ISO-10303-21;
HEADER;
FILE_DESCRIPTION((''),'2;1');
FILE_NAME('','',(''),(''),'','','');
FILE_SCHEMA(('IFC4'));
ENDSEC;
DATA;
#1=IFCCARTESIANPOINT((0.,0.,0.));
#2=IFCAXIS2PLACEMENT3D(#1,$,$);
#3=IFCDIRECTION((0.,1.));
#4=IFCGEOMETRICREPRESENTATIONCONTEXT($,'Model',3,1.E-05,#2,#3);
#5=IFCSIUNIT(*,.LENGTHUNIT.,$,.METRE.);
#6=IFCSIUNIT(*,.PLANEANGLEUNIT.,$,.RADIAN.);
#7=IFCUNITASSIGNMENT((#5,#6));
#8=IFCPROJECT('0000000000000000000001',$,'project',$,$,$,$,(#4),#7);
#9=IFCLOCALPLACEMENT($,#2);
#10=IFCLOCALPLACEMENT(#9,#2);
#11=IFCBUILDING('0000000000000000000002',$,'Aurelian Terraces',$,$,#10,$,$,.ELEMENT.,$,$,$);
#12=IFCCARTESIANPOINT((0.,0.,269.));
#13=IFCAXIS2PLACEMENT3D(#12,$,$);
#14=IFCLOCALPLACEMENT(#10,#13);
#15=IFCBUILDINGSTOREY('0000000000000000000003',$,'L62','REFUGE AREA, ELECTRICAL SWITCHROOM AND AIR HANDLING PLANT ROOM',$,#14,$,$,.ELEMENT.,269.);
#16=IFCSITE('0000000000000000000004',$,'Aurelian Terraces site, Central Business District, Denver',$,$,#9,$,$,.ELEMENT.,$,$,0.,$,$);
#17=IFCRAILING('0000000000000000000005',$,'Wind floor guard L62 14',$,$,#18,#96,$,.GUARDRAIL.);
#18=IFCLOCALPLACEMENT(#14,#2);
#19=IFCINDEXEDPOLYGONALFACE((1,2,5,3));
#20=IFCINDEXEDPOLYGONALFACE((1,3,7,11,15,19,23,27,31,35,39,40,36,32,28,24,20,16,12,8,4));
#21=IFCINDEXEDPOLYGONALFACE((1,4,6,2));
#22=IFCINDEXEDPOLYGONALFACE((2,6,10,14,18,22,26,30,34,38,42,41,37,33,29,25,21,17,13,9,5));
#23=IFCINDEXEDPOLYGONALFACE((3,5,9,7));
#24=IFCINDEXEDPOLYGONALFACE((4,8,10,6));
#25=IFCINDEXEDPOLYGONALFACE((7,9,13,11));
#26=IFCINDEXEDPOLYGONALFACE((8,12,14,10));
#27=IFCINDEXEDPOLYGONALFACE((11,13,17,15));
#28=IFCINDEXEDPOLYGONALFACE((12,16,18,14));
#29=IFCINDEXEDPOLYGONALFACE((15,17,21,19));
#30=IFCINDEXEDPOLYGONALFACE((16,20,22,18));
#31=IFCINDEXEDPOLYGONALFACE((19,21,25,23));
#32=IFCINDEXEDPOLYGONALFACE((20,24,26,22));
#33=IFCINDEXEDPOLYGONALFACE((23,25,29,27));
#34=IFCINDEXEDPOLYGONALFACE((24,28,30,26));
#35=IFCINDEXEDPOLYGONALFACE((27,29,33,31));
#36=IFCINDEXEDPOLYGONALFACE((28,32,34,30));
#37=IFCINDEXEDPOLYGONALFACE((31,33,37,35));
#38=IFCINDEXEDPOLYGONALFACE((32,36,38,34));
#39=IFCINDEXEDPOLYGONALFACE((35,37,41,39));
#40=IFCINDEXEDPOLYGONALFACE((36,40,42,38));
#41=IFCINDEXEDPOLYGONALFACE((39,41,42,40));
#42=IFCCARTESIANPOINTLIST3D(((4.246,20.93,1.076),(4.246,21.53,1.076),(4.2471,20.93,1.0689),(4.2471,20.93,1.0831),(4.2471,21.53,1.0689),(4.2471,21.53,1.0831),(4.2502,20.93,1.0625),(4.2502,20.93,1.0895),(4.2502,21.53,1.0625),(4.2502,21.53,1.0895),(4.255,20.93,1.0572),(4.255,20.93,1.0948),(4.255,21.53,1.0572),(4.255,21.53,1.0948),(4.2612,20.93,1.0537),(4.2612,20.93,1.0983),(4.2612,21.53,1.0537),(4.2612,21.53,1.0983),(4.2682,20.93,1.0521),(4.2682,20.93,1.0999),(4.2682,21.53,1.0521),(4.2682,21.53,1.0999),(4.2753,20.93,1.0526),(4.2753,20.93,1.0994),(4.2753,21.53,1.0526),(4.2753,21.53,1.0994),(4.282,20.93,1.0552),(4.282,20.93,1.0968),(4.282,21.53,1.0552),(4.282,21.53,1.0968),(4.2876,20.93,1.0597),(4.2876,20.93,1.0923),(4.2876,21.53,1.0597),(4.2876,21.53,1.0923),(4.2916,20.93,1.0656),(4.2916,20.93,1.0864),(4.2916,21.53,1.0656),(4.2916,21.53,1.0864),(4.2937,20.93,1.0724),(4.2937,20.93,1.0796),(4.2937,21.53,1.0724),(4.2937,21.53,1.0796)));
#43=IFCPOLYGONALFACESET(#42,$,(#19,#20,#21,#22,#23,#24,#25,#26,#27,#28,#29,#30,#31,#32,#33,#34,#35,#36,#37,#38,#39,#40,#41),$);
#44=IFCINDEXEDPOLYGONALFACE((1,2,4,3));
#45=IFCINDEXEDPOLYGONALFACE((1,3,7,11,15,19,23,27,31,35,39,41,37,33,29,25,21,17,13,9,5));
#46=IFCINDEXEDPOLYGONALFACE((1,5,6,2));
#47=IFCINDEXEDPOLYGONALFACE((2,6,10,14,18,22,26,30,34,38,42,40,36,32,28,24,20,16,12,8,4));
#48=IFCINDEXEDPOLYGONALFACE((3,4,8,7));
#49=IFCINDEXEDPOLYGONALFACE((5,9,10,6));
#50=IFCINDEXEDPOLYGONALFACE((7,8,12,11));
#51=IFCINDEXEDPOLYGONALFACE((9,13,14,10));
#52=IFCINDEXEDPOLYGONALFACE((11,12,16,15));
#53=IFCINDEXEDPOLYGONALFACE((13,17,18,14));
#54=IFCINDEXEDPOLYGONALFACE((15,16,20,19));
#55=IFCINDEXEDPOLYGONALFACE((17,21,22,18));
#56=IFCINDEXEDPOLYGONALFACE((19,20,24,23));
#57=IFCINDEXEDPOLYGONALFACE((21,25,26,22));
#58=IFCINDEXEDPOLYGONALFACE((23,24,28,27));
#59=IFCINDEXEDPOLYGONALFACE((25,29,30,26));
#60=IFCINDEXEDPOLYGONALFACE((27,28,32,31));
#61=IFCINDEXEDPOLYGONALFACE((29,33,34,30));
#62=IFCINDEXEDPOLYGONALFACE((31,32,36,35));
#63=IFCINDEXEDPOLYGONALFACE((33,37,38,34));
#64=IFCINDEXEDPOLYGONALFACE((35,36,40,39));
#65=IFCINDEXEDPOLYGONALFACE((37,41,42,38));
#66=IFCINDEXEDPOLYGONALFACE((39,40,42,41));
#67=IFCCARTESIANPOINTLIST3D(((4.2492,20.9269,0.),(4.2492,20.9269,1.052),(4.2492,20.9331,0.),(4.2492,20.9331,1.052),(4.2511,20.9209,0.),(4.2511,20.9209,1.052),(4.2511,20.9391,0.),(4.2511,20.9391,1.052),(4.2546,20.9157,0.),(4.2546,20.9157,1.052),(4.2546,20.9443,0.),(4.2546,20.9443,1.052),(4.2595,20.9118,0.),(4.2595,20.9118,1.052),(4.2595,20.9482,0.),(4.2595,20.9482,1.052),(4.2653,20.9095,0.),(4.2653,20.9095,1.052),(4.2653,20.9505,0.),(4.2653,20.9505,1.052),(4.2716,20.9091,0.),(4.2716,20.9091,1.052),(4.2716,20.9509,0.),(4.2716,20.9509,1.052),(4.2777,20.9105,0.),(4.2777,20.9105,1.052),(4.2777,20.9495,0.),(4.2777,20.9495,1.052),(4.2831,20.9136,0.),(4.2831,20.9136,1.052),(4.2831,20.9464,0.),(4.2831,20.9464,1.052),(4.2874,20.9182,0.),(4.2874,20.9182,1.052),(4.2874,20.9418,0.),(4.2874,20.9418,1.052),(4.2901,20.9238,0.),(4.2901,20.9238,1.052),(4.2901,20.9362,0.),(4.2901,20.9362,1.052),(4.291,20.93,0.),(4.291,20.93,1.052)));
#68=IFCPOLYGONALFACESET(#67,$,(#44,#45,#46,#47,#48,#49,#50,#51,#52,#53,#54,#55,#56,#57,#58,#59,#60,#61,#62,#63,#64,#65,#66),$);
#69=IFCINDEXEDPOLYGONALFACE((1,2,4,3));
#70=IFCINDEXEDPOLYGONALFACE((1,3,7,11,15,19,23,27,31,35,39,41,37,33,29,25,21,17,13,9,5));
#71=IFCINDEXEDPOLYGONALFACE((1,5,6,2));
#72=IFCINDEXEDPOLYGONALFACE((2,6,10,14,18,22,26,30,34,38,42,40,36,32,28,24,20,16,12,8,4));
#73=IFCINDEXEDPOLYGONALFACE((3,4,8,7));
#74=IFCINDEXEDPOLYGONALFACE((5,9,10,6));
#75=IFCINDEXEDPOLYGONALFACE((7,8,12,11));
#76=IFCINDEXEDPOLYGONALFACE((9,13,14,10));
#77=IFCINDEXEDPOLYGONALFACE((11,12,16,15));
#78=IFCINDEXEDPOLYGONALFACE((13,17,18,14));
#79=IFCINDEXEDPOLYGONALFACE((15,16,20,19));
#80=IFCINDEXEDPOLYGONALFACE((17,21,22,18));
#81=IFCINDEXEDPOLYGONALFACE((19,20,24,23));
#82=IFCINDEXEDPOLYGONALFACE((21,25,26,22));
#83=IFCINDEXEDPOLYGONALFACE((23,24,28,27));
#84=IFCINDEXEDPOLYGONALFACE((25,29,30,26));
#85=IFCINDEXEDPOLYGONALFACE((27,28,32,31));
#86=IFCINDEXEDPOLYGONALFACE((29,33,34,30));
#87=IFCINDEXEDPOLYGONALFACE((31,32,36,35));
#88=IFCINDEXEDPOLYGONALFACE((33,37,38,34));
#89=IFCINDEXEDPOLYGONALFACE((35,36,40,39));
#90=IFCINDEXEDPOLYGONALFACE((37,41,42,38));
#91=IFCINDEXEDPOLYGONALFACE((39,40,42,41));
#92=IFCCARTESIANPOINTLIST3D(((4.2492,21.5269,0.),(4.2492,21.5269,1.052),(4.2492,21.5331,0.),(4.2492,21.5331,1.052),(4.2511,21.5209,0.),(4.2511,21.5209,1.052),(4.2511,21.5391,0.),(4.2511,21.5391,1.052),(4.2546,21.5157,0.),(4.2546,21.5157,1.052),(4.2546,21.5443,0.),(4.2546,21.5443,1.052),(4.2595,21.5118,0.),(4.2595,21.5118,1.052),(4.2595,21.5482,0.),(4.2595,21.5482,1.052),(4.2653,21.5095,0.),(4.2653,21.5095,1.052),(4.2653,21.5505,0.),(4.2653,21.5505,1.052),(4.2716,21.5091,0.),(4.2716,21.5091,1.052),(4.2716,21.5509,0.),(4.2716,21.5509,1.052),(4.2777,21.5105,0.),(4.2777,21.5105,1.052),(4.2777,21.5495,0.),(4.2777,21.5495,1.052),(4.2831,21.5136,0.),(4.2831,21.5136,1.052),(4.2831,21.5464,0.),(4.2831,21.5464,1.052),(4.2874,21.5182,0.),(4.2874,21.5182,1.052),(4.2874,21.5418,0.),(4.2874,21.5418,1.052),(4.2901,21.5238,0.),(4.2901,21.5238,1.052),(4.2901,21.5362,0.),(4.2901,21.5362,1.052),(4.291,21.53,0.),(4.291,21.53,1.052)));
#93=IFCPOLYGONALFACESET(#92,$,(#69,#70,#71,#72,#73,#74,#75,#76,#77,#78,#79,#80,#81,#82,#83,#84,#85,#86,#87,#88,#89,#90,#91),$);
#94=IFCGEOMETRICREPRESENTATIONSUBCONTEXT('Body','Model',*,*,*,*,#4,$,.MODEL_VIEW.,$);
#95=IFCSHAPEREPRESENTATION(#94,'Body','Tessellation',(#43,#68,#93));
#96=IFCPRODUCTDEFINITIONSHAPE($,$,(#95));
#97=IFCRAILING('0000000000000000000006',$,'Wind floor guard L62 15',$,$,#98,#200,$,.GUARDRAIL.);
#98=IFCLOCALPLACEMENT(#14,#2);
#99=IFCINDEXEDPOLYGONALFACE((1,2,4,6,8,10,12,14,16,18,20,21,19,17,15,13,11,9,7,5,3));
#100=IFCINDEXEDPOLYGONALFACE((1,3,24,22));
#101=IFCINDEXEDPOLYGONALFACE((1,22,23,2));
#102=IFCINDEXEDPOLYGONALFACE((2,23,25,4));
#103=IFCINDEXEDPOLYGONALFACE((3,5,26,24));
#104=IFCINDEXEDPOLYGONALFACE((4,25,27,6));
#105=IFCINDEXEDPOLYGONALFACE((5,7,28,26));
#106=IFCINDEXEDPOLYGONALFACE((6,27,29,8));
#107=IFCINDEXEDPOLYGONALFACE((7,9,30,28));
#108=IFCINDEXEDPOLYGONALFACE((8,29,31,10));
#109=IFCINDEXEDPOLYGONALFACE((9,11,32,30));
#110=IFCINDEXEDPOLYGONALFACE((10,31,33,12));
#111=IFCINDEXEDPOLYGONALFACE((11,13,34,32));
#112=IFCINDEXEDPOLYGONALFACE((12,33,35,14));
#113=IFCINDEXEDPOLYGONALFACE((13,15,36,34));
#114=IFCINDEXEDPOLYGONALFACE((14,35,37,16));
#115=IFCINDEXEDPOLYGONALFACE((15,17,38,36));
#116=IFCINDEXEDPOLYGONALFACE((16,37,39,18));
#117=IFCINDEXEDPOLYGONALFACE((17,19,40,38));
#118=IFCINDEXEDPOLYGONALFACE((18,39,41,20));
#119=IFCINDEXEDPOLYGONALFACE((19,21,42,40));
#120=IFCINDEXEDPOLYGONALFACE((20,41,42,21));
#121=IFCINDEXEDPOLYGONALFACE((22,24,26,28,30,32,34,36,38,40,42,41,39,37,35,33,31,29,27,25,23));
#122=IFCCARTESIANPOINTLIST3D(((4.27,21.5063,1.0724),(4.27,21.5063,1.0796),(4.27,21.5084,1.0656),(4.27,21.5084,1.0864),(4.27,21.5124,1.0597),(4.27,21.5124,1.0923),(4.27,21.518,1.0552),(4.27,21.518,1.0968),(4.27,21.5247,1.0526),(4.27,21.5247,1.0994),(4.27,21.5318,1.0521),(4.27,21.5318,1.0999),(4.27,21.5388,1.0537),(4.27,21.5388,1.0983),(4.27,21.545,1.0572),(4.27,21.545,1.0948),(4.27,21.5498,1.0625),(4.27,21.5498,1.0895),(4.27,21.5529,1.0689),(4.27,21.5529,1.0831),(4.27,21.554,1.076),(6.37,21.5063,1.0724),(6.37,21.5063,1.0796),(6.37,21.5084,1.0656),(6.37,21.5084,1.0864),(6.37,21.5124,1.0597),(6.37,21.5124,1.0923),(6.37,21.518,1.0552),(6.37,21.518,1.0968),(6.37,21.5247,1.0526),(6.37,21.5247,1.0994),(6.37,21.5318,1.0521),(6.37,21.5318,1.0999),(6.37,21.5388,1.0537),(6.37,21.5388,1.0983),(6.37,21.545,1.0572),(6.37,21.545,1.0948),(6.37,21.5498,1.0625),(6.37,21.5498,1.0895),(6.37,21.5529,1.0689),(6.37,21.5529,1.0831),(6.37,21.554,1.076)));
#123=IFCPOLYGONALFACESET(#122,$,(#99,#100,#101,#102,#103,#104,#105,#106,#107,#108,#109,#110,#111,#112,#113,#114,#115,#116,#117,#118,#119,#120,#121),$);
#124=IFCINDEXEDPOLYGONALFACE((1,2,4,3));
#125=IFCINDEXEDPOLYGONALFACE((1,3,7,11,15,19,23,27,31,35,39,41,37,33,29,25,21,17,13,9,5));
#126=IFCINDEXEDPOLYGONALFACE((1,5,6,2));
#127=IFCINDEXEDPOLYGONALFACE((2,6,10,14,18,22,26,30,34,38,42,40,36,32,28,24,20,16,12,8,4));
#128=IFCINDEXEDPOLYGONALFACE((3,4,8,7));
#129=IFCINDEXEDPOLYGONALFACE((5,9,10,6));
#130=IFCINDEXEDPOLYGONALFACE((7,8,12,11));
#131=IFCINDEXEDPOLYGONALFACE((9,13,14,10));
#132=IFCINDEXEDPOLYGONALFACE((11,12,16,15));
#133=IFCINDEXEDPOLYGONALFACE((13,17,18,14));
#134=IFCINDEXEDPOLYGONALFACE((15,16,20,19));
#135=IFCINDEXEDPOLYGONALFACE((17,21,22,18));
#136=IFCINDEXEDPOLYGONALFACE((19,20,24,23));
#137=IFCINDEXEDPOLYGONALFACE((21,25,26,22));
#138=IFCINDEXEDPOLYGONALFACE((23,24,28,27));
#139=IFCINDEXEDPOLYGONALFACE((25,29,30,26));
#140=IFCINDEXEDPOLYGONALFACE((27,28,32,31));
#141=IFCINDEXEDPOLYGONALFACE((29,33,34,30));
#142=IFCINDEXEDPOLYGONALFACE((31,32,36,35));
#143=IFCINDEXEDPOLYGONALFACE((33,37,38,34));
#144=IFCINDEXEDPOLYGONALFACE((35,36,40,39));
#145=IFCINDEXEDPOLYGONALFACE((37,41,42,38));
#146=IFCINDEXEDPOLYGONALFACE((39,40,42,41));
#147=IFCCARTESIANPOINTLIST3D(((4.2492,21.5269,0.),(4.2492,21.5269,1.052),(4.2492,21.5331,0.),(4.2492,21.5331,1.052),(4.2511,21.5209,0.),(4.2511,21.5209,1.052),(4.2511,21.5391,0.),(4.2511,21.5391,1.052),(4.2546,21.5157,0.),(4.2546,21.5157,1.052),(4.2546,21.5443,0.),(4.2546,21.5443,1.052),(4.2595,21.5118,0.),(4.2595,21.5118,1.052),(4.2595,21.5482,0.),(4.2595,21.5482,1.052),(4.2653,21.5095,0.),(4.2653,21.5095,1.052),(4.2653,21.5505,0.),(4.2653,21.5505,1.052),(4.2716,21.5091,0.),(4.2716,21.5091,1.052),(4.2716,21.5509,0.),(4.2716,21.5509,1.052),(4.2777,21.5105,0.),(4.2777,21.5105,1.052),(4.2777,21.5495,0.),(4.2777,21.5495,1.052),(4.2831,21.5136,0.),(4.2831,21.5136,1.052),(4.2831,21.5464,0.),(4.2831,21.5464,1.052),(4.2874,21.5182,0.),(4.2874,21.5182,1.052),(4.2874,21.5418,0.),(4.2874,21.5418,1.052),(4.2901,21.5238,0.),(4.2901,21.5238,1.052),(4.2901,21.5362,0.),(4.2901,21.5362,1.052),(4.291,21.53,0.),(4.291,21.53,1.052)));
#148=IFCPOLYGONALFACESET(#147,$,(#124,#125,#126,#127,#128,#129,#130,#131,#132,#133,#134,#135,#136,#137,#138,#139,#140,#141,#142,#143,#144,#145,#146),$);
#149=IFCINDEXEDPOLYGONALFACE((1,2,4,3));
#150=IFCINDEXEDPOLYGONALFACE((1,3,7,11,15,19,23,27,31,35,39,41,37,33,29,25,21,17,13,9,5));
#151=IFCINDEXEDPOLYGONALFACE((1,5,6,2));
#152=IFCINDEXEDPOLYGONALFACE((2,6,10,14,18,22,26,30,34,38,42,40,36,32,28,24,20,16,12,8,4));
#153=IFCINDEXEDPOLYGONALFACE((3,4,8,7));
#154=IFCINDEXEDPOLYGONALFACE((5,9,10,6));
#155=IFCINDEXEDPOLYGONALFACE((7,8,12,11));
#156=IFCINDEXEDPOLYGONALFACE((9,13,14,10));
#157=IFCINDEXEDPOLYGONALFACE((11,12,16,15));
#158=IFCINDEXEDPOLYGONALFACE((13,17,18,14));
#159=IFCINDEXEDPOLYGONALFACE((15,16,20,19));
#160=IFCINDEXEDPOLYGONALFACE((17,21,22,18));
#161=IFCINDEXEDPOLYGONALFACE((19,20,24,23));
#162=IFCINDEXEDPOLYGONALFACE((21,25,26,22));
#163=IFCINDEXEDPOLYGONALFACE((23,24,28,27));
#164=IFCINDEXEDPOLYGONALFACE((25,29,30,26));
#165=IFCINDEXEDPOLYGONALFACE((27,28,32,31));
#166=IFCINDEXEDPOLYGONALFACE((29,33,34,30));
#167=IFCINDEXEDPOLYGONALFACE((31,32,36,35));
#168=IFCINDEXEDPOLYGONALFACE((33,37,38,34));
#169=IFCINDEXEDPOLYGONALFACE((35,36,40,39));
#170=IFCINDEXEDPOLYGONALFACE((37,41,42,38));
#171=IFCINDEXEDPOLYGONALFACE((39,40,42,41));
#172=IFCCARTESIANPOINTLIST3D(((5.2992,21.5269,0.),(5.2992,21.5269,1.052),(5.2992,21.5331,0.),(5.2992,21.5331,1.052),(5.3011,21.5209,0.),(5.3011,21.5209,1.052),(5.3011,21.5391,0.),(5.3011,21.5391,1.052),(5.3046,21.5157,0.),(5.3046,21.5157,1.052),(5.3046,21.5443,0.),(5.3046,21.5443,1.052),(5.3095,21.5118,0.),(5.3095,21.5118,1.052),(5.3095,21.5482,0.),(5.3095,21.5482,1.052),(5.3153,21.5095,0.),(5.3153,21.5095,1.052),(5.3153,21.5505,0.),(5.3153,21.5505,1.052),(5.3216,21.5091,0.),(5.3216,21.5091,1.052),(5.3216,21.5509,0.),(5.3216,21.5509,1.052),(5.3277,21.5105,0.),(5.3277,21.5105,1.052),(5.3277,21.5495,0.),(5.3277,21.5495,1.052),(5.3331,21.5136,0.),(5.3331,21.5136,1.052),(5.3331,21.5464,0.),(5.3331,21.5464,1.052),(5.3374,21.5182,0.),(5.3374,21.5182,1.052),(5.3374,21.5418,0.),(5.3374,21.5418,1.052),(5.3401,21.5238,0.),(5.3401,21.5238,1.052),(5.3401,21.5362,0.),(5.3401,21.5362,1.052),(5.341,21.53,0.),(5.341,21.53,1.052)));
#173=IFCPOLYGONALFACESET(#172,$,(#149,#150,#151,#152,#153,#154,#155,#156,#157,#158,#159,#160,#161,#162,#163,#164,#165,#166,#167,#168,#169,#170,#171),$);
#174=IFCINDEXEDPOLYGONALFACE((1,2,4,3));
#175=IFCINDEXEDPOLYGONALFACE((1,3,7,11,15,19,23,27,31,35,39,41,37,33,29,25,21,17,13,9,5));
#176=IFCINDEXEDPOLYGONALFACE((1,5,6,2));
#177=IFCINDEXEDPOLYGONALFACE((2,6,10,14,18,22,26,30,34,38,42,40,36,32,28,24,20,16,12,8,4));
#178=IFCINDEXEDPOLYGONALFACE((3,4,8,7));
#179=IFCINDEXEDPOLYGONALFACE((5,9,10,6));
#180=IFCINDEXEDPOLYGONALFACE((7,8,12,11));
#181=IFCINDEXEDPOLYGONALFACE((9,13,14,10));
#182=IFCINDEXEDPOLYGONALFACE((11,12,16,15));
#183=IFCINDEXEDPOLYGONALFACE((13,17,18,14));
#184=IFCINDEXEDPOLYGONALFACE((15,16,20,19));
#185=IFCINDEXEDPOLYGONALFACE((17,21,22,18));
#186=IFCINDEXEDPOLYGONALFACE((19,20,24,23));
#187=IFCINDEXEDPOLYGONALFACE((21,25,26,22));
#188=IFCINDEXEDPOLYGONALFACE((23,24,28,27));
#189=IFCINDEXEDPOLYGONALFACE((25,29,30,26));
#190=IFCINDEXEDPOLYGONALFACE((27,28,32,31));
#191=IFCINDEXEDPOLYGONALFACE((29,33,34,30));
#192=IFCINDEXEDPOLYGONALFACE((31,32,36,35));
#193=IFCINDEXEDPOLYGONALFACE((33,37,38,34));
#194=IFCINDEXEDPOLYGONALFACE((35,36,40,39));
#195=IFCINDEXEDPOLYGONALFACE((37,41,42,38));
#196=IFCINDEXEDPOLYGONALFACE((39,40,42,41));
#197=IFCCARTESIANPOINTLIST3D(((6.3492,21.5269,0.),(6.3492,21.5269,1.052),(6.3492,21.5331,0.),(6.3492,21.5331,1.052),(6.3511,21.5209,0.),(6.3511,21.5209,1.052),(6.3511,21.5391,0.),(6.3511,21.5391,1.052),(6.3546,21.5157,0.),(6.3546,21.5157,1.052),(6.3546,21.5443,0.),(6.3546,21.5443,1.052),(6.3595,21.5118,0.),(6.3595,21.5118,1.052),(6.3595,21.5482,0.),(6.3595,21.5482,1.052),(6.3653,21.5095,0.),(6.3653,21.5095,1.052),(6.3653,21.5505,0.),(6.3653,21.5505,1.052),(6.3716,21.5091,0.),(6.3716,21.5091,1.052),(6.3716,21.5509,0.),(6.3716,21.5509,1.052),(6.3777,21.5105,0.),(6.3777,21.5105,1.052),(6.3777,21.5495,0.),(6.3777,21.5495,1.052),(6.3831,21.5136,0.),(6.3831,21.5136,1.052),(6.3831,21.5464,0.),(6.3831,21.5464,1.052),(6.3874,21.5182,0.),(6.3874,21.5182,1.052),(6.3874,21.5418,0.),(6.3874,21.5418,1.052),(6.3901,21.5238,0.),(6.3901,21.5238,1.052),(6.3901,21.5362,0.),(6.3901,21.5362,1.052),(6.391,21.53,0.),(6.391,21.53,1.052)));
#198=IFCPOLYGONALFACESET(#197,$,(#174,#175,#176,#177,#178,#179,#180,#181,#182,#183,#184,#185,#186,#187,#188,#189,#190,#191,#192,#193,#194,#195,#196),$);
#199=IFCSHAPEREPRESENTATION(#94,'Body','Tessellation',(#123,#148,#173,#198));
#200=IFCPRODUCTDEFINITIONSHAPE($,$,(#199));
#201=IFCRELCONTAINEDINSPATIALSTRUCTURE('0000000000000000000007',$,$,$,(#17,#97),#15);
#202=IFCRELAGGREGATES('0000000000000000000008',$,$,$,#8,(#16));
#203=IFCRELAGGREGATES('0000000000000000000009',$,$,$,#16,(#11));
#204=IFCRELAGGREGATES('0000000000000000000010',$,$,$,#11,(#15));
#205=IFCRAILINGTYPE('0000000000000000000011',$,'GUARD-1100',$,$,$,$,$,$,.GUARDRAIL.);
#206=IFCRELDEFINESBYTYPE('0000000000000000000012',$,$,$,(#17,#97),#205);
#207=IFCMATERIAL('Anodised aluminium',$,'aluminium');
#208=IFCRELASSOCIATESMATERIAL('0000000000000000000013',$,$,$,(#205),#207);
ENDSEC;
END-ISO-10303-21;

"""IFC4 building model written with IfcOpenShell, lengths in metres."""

from ifc_helpers import new_model, si_unit, direction, frame, origin, origin_2d, place, context, subcontext, project, spatial, circle, extrude, source, transform, mapped, material, type_object, element, save


model = new_model("IFC4")

# Units and contexts
model_context = context("Model", 3, precision=1e-05, world=origin(), true_north=direction((0.0, 1.0)))
body_context = subcontext(model_context, "Body", "Model", "MODEL_VIEW")
ifc_project = project(units=[si_unit("LENGTHUNIT", "METRE"), si_unit("PLANEANGLEUNIT", "RADIAN")], contexts=[model_context])

# Site, building, storey
site_placement = place(None, origin())
site = spatial("IfcSite", under=ifc_project, at=site_placement, Name="Aurelian Terraces site, Central Business District, Denver", CompositionType="ELEMENT", RefElevation=0.0)
building_placement = place(site_placement, origin())
building = spatial("IfcBuilding", under=site, at=building_placement, Name="Aurelian Terraces", CompositionType="ELEMENT")
storey_placement = place(building_placement, frame((0.0, 0.0, 269.0)))
storey = spatial("IfcBuildingStorey", under=building, at=storey_placement, Name="L62", Description="REFUGE AREA, ELECTRICAL SWITCHROOM AND AIR HANDLING PLANT ROOM", CompositionType="ELEMENT", Elevation=269.0)

# Railings
ifc_material_1 = material(Name="Anodised aluminium", Category="aluminium")
railing_type = type_object("IfcRailingType", Name="GUARD-1100", PredefinedType="GUARDRAIL", material=ifc_material_1)
shared_shape_1 = source(origin(), body_context, "Body", "SweptSolid", [
    extrude(circle(Radius=0.024, at=origin_2d()), frame((0.0, 0.0, 1.076), z_axis=(0.0, 1.0, 0.0), x_axis=(-1.0, 0.0, 0.0)), (0.0, 0.0, 1.0), 0.6),
    extrude(circle(Radius=0.021, at=origin_2d()), origin(), (0.0, 0.0, 1.0), 1.052),
    extrude(circle(Radius=0.021, at=origin_2d()), frame((0.0, 0.6, 0.0)), (0.0, 0.0, 1.0), 1.052),
])
railing_1_placement = place(storey_placement, frame((4.27, 20.93, 0.0)))
element("IfcRailing", 1, at=railing_1_placement, inside=storey, type_object=railing_type, Name="Wind floor guard L62 14", PredefinedType="GUARDRAIL", context=body_context, shape_type="MappedRepresentation", body=[
    mapped(shared_shape_1, transform((0.0, 0.0, 0.0), scale=1.0)),
])
shared_shape_2 = source(origin(), body_context, "Body", "SweptSolid", [
    extrude(circle(Radius=0.024, at=origin_2d()), frame((0.0, 0.0, 1.076), z_axis=(1.0, 0.0, 0.0), x_axis=(0.0, 1.0, 0.0)), (0.0, 0.0, 1.0), 2.1),
    extrude(circle(Radius=0.021, at=origin_2d()), origin(), (0.0, 0.0, 1.0), 1.052),
    extrude(circle(Radius=0.021, at=origin_2d()), frame((1.05, 0.0, 0.0)), (0.0, 0.0, 1.0), 1.052),
    extrude(circle(Radius=0.021, at=origin_2d()), frame((2.1, 0.0, 0.0)), (0.0, 0.0, 1.0), 1.052),
])
railing_2_placement = place(storey_placement, frame((4.27, 21.53, 0.0)))
element("IfcRailing", 2, at=railing_2_placement, inside=storey, type_object=railing_type, Name="Wind floor guard L62 15", PredefinedType="GUARDRAIL", context=body_context, shape_type="MappedRepresentation", body=[
    mapped(shared_shape_2, transform((0.0, 0.0, 0.0), scale=1.0)),
])

save(model, "model.ifc")
